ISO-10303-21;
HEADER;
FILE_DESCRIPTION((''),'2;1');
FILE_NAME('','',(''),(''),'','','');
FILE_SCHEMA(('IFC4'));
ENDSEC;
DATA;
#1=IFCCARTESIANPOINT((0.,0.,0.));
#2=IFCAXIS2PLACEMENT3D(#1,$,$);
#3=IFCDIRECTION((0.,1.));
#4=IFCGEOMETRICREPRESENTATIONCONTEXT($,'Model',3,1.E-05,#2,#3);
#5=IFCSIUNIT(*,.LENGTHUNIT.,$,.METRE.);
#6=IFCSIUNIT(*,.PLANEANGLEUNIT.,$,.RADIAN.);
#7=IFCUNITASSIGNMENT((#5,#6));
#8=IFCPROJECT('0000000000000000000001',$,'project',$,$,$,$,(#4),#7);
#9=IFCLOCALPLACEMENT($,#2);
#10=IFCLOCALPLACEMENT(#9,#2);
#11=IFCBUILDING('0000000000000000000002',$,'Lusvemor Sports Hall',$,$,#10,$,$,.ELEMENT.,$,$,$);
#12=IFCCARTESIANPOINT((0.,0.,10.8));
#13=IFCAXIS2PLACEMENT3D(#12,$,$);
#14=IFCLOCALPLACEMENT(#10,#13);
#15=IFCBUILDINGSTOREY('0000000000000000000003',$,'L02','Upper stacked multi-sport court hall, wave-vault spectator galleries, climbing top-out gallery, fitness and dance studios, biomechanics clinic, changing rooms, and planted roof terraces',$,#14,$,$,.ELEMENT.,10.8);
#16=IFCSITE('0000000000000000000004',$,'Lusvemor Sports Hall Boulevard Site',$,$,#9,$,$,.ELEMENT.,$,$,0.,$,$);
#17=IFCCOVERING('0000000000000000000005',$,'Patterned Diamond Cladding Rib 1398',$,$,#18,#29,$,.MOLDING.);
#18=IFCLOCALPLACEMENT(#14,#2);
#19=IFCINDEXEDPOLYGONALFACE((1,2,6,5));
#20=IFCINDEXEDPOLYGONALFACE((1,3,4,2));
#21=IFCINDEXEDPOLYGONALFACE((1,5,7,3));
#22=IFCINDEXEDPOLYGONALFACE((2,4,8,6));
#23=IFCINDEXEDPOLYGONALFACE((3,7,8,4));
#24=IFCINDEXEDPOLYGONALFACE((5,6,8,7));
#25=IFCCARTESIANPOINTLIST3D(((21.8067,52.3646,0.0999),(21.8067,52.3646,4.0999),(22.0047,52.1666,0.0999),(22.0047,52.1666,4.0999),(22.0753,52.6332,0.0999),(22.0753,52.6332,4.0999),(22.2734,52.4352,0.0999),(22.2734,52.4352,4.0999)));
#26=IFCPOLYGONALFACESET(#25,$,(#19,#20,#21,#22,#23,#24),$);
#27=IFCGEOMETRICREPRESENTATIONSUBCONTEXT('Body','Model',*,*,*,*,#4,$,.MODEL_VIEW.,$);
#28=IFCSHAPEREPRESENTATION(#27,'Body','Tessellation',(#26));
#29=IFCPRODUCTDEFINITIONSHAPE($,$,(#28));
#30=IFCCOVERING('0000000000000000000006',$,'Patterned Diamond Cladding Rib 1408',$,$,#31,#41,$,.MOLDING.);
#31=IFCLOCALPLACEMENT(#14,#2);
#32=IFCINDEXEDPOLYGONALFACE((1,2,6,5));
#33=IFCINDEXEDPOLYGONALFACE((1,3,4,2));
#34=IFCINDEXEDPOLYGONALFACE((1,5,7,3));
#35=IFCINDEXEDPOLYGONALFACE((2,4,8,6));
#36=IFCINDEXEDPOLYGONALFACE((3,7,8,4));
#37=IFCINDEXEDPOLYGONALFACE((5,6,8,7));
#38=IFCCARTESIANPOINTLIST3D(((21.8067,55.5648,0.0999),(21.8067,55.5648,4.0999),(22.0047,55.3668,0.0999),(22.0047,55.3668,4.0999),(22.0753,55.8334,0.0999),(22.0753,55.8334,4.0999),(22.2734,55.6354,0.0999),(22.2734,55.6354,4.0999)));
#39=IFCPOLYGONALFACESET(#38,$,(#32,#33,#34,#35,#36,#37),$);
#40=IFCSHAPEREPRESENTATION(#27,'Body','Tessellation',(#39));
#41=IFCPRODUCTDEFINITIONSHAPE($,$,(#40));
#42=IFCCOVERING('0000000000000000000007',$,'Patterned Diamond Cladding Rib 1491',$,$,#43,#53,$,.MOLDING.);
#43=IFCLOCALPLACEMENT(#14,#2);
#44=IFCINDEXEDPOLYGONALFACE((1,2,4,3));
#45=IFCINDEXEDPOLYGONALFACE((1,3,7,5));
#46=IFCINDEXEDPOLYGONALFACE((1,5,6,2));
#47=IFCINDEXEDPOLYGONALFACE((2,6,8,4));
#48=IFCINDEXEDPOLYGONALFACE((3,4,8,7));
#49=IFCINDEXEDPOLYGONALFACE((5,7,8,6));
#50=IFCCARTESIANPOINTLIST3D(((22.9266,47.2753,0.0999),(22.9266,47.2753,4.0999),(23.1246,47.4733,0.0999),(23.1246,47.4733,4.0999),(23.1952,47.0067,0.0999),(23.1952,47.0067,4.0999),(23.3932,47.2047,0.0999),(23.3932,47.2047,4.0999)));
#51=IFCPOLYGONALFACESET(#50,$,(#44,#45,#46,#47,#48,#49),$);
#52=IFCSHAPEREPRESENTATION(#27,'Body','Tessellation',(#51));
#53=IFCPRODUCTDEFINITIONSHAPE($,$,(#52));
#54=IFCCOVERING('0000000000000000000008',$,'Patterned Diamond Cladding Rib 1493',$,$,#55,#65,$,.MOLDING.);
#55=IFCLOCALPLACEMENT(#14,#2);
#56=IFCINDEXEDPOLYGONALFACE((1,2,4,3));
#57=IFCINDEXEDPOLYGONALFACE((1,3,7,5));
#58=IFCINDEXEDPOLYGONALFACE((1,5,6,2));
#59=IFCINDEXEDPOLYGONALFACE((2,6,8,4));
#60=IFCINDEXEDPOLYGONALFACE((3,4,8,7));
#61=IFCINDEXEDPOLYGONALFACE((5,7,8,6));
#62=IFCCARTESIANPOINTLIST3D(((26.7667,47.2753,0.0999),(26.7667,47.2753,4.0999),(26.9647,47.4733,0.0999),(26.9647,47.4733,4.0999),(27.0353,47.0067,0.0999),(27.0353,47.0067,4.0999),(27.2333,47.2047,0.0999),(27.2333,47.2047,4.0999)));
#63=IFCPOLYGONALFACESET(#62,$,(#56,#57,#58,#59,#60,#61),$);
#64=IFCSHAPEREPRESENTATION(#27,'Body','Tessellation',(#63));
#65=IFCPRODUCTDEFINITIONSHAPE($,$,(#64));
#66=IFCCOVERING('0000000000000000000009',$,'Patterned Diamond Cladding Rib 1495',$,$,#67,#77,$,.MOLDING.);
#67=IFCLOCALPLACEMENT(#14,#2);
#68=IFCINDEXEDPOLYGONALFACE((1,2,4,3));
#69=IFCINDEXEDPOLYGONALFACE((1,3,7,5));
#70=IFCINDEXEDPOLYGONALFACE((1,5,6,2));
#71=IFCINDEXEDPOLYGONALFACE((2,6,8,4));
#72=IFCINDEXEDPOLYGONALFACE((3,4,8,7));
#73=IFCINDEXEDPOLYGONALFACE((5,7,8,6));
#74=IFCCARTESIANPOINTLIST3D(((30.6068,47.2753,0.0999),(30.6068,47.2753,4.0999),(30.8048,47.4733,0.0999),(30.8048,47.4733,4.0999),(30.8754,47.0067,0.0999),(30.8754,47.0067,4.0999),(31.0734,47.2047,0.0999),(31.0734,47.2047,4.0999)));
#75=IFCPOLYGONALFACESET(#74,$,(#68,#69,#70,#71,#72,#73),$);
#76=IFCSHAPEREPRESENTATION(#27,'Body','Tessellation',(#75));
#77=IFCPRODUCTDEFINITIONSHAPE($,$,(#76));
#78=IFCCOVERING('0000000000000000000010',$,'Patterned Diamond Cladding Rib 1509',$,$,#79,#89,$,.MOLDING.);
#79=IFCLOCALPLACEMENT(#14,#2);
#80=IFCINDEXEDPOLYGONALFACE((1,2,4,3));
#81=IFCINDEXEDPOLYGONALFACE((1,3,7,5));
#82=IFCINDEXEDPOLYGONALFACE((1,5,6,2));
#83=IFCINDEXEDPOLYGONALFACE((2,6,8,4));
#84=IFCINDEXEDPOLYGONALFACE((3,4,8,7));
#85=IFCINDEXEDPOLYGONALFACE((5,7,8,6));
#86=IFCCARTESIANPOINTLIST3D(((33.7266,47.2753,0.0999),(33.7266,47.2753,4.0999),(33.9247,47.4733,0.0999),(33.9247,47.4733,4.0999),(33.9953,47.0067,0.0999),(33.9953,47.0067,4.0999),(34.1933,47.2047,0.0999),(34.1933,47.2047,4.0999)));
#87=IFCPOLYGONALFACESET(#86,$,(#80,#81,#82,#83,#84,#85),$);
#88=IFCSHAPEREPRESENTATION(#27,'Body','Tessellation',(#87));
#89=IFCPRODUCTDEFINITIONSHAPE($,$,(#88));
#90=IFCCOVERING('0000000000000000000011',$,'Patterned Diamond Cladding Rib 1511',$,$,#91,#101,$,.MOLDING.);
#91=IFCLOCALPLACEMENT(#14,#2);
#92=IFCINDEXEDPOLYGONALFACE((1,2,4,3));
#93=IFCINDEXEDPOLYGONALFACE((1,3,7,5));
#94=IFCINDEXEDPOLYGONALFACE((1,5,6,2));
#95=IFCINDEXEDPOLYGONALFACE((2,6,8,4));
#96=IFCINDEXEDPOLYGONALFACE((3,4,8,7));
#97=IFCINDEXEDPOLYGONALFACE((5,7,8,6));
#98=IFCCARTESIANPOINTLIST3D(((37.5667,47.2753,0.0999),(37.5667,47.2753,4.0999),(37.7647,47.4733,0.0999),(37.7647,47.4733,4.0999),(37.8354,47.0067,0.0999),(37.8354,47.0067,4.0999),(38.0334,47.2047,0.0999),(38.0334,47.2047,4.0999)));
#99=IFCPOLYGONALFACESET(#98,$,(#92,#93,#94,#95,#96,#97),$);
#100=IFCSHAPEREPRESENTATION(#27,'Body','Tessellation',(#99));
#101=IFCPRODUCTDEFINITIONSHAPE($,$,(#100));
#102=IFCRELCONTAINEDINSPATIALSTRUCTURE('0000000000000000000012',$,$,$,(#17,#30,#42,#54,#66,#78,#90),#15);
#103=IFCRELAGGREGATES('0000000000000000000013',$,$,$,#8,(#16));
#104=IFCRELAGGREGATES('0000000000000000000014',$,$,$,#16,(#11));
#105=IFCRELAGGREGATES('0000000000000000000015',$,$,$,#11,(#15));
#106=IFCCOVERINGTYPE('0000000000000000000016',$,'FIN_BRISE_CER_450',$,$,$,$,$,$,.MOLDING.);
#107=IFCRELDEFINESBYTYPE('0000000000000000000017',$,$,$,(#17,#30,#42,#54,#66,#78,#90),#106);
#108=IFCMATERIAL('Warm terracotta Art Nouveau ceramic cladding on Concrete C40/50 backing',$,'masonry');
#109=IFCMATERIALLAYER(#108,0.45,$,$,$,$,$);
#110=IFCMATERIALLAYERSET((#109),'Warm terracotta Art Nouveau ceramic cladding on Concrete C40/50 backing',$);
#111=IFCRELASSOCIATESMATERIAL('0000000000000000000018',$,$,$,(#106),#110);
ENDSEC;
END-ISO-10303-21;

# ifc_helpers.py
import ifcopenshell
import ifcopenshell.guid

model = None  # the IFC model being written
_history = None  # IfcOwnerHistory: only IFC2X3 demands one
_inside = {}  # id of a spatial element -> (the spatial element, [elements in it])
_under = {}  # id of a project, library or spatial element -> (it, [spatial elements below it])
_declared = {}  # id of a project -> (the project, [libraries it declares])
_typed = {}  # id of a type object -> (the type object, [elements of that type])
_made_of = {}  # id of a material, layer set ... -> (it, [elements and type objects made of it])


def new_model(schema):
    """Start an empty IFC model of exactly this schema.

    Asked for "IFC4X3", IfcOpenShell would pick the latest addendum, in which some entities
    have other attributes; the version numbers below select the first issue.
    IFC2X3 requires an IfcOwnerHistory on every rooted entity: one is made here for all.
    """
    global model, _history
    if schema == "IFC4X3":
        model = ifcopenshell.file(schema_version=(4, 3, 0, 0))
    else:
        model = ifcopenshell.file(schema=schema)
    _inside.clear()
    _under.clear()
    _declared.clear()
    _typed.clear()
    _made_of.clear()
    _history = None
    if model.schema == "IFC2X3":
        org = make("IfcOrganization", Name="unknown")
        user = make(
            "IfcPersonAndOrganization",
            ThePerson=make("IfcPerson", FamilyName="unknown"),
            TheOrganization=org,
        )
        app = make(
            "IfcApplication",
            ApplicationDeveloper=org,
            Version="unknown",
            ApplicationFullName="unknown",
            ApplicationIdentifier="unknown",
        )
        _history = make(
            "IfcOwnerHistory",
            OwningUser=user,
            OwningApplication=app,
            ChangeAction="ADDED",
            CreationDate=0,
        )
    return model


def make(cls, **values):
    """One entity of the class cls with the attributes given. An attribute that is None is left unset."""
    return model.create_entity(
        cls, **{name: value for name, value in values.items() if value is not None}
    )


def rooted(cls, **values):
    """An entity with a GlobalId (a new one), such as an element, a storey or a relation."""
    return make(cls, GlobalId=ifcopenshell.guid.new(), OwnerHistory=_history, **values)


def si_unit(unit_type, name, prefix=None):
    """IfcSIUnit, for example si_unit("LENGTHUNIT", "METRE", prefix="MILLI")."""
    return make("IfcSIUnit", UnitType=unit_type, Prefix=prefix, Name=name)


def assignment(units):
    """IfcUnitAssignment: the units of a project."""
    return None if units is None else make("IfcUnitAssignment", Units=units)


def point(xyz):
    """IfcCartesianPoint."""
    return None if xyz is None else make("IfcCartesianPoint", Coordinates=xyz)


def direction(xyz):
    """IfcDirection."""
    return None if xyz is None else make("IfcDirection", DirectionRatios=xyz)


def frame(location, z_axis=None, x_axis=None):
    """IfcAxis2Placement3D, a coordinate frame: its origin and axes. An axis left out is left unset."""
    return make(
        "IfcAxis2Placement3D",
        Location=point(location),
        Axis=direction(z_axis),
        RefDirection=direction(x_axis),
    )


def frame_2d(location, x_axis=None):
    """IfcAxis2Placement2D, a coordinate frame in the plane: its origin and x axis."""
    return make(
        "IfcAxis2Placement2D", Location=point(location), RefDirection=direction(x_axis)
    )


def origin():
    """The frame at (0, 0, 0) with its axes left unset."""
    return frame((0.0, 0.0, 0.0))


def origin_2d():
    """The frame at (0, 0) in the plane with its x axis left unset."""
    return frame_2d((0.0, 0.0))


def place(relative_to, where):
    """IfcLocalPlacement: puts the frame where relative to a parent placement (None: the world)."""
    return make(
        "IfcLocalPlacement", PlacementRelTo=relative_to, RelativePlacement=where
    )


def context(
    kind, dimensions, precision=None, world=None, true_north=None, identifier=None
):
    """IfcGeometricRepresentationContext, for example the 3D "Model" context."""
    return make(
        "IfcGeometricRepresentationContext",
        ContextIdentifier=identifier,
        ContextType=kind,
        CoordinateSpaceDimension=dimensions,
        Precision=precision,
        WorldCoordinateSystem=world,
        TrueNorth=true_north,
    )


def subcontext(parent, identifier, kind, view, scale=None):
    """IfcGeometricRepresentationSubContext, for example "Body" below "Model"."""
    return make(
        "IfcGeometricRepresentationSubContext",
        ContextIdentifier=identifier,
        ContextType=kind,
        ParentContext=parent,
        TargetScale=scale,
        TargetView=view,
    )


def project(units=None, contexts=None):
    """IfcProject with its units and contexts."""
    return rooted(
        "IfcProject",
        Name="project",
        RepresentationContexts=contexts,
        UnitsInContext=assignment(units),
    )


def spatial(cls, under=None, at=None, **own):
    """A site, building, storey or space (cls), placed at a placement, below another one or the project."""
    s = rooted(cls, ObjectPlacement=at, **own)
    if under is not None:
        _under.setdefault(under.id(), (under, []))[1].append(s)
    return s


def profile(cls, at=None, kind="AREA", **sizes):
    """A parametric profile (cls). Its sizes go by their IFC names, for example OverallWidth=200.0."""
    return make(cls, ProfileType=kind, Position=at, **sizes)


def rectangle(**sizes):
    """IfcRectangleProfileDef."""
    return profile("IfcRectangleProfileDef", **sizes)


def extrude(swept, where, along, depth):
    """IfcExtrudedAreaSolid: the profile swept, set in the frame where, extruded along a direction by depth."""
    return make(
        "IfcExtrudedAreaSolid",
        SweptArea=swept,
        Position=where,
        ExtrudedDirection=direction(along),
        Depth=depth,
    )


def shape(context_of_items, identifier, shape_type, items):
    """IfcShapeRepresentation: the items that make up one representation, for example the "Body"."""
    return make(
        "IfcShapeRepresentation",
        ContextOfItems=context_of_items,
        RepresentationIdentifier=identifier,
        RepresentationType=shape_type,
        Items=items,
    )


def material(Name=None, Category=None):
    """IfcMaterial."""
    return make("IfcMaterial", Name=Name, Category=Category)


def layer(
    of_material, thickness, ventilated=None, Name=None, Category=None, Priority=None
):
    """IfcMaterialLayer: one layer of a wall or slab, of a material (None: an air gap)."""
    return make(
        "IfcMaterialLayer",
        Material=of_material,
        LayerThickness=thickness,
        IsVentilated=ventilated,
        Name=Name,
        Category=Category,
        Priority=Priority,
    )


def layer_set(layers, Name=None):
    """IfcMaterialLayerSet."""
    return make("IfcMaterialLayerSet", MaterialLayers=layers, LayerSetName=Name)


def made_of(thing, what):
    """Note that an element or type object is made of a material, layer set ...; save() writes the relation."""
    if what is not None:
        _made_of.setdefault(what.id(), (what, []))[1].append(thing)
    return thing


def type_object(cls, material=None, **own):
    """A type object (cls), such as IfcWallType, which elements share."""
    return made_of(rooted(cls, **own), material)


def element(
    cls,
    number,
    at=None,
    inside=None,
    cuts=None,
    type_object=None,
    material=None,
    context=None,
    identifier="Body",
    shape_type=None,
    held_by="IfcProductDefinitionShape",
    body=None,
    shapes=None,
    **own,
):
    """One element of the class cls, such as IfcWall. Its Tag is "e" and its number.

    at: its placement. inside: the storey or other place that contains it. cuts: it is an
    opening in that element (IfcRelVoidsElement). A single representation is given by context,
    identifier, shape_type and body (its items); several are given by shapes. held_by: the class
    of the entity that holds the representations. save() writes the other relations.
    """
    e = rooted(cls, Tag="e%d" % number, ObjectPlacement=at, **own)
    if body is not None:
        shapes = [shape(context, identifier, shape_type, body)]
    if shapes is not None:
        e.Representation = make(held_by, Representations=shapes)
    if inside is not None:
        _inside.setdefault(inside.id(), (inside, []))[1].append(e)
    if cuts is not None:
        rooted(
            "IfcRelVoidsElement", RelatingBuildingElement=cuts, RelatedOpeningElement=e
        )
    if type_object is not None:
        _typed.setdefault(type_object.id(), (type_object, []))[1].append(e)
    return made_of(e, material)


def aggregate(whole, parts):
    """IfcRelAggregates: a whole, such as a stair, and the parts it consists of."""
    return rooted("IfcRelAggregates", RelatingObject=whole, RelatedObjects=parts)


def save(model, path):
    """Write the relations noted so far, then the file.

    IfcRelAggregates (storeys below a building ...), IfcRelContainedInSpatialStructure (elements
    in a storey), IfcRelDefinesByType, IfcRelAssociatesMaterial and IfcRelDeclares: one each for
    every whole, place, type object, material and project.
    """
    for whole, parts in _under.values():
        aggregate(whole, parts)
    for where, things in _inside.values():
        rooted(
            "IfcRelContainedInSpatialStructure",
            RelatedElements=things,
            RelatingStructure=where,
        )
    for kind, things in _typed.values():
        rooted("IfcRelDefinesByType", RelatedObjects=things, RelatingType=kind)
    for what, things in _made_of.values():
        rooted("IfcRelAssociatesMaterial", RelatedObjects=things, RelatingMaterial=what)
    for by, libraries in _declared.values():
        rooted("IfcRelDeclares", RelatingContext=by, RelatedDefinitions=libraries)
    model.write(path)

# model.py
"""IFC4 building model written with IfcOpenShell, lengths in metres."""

from ifc_helpers import new_model, si_unit, direction, frame, origin, origin_2d, place, context, subcontext, project, spatial, rectangle, extrude, material, layer, layer_set, type_object, element, save


model = new_model("IFC4")

# Units and contexts
model_context = context("Model", 3, precision=1e-05, world=origin(), true_north=direction((0.0, 1.0)))
body_context = subcontext(model_context, "Body", "Model", "MODEL_VIEW")
ifc_project = project(units=[si_unit("LENGTHUNIT", "METRE"), si_unit("PLANEANGLEUNIT", "RADIAN")], contexts=[model_context])

# Site, building, storey
site_placement = place(None, origin())
site = spatial("IfcSite", under=ifc_project, at=site_placement, Name="Lusvemor Sports Hall Boulevard Site", CompositionType="ELEMENT", RefElevation=0.0)
building_placement = place(site_placement, origin())
building = spatial("IfcBuilding", under=site, at=building_placement, Name="Lusvemor Sports Hall", CompositionType="ELEMENT")
storey_placement = place(building_placement, frame((0.0, 0.0, 10.8)))
storey = spatial("IfcBuildingStorey", under=building, at=storey_placement, Name="L02", Description="Upper stacked multi-sport court hall, wave-vault spectator galleries, climbing top-out gallery, fitness and dance studios, biomechanics clinic, changing rooms, and planted roof terraces", CompositionType="ELEMENT", Elevation=10.8)

# Coverings
ifc_material_1 = material(Name="Warm terracotta Art Nouveau ceramic cladding on Concrete C40/50 backing", Category="masonry")
ifc_layer_1 = layer(ifc_material_1, 0.45)
ifc_layer_set_1 = layer_set([ifc_layer_1], Name="Warm terracotta Art Nouveau ceramic cladding on Concrete C40/50 backing")
covering_type_1 = type_object("IfcCoveringType", Name="FIN_BRISE_CER_450", PredefinedType="MOLDING", material=ifc_layer_set_1)
for number, where, z_axis, x_axis, name in (
    (1, (22.04, 52.3999, 0.0999), (0.0, 0.0, 1.0), (0.707107, 0.707107, 0.0), "Patterned Diamond Cladding Rib 1398"),
    (2, (22.04, 55.6001, 0.0999), (0.0, 0.0, 1.0), (0.707107, 0.707107, 0.0), "Patterned Diamond Cladding Rib 1408"),
):
    element("IfcCovering", number, at=place(storey_placement, frame(where, z_axis=z_axis, x_axis=x_axis)), inside=storey, type_object=covering_type_1, Name=name, PredefinedType="MOLDING", context=body_context, shape_type="SweptSolid", body=[
        extrude(rectangle(XDim=0.3799, YDim=0.28, at=origin_2d()), origin(), (0.0, 0.0, 1.0), 4.0),
    ])
for number, where, z_axis, x_axis, name in (
    (3, (23.1599, 47.24, 0.0999), (0.0, 0.0, 1.0), (0.707107, 0.707107, 0.0), "Patterned Diamond Cladding Rib 1491"),
    (4, (27.0, 47.24, 0.0999), (0.0, 0.0, 1.0), (0.707107, 0.707107, 0.0), "Patterned Diamond Cladding Rib 1493"),
    (5, (30.8401, 47.24, 0.0999), (0.0, 0.0, 1.0), (0.707107, 0.707107, 0.0), "Patterned Diamond Cladding Rib 1495"),
    (6, (33.96, 47.24, 0.0999), (0.0, 0.0, 1.0), (0.707107, 0.707107, 0.0), "Patterned Diamond Cladding Rib 1509"),
    (7, (37.8, 47.24, 0.0999), (0.0, 0.0, 1.0), (0.707107, 0.707107, 0.0), "Patterned Diamond Cladding Rib 1511"),
):
    element("IfcCovering", number, at=place(storey_placement, frame(where, z_axis=z_axis, x_axis=x_axis)), inside=storey, type_object=covering_type_1, Name=name, PredefinedType="MOLDING", context=body_context, shape_type="SweptSolid", body=[
        extrude(rectangle(XDim=0.28, YDim=0.3799, at=origin_2d()), origin(), (0.0, 0.0, 1.0), 4.0),
    ])

save(model, "model.ifc")
